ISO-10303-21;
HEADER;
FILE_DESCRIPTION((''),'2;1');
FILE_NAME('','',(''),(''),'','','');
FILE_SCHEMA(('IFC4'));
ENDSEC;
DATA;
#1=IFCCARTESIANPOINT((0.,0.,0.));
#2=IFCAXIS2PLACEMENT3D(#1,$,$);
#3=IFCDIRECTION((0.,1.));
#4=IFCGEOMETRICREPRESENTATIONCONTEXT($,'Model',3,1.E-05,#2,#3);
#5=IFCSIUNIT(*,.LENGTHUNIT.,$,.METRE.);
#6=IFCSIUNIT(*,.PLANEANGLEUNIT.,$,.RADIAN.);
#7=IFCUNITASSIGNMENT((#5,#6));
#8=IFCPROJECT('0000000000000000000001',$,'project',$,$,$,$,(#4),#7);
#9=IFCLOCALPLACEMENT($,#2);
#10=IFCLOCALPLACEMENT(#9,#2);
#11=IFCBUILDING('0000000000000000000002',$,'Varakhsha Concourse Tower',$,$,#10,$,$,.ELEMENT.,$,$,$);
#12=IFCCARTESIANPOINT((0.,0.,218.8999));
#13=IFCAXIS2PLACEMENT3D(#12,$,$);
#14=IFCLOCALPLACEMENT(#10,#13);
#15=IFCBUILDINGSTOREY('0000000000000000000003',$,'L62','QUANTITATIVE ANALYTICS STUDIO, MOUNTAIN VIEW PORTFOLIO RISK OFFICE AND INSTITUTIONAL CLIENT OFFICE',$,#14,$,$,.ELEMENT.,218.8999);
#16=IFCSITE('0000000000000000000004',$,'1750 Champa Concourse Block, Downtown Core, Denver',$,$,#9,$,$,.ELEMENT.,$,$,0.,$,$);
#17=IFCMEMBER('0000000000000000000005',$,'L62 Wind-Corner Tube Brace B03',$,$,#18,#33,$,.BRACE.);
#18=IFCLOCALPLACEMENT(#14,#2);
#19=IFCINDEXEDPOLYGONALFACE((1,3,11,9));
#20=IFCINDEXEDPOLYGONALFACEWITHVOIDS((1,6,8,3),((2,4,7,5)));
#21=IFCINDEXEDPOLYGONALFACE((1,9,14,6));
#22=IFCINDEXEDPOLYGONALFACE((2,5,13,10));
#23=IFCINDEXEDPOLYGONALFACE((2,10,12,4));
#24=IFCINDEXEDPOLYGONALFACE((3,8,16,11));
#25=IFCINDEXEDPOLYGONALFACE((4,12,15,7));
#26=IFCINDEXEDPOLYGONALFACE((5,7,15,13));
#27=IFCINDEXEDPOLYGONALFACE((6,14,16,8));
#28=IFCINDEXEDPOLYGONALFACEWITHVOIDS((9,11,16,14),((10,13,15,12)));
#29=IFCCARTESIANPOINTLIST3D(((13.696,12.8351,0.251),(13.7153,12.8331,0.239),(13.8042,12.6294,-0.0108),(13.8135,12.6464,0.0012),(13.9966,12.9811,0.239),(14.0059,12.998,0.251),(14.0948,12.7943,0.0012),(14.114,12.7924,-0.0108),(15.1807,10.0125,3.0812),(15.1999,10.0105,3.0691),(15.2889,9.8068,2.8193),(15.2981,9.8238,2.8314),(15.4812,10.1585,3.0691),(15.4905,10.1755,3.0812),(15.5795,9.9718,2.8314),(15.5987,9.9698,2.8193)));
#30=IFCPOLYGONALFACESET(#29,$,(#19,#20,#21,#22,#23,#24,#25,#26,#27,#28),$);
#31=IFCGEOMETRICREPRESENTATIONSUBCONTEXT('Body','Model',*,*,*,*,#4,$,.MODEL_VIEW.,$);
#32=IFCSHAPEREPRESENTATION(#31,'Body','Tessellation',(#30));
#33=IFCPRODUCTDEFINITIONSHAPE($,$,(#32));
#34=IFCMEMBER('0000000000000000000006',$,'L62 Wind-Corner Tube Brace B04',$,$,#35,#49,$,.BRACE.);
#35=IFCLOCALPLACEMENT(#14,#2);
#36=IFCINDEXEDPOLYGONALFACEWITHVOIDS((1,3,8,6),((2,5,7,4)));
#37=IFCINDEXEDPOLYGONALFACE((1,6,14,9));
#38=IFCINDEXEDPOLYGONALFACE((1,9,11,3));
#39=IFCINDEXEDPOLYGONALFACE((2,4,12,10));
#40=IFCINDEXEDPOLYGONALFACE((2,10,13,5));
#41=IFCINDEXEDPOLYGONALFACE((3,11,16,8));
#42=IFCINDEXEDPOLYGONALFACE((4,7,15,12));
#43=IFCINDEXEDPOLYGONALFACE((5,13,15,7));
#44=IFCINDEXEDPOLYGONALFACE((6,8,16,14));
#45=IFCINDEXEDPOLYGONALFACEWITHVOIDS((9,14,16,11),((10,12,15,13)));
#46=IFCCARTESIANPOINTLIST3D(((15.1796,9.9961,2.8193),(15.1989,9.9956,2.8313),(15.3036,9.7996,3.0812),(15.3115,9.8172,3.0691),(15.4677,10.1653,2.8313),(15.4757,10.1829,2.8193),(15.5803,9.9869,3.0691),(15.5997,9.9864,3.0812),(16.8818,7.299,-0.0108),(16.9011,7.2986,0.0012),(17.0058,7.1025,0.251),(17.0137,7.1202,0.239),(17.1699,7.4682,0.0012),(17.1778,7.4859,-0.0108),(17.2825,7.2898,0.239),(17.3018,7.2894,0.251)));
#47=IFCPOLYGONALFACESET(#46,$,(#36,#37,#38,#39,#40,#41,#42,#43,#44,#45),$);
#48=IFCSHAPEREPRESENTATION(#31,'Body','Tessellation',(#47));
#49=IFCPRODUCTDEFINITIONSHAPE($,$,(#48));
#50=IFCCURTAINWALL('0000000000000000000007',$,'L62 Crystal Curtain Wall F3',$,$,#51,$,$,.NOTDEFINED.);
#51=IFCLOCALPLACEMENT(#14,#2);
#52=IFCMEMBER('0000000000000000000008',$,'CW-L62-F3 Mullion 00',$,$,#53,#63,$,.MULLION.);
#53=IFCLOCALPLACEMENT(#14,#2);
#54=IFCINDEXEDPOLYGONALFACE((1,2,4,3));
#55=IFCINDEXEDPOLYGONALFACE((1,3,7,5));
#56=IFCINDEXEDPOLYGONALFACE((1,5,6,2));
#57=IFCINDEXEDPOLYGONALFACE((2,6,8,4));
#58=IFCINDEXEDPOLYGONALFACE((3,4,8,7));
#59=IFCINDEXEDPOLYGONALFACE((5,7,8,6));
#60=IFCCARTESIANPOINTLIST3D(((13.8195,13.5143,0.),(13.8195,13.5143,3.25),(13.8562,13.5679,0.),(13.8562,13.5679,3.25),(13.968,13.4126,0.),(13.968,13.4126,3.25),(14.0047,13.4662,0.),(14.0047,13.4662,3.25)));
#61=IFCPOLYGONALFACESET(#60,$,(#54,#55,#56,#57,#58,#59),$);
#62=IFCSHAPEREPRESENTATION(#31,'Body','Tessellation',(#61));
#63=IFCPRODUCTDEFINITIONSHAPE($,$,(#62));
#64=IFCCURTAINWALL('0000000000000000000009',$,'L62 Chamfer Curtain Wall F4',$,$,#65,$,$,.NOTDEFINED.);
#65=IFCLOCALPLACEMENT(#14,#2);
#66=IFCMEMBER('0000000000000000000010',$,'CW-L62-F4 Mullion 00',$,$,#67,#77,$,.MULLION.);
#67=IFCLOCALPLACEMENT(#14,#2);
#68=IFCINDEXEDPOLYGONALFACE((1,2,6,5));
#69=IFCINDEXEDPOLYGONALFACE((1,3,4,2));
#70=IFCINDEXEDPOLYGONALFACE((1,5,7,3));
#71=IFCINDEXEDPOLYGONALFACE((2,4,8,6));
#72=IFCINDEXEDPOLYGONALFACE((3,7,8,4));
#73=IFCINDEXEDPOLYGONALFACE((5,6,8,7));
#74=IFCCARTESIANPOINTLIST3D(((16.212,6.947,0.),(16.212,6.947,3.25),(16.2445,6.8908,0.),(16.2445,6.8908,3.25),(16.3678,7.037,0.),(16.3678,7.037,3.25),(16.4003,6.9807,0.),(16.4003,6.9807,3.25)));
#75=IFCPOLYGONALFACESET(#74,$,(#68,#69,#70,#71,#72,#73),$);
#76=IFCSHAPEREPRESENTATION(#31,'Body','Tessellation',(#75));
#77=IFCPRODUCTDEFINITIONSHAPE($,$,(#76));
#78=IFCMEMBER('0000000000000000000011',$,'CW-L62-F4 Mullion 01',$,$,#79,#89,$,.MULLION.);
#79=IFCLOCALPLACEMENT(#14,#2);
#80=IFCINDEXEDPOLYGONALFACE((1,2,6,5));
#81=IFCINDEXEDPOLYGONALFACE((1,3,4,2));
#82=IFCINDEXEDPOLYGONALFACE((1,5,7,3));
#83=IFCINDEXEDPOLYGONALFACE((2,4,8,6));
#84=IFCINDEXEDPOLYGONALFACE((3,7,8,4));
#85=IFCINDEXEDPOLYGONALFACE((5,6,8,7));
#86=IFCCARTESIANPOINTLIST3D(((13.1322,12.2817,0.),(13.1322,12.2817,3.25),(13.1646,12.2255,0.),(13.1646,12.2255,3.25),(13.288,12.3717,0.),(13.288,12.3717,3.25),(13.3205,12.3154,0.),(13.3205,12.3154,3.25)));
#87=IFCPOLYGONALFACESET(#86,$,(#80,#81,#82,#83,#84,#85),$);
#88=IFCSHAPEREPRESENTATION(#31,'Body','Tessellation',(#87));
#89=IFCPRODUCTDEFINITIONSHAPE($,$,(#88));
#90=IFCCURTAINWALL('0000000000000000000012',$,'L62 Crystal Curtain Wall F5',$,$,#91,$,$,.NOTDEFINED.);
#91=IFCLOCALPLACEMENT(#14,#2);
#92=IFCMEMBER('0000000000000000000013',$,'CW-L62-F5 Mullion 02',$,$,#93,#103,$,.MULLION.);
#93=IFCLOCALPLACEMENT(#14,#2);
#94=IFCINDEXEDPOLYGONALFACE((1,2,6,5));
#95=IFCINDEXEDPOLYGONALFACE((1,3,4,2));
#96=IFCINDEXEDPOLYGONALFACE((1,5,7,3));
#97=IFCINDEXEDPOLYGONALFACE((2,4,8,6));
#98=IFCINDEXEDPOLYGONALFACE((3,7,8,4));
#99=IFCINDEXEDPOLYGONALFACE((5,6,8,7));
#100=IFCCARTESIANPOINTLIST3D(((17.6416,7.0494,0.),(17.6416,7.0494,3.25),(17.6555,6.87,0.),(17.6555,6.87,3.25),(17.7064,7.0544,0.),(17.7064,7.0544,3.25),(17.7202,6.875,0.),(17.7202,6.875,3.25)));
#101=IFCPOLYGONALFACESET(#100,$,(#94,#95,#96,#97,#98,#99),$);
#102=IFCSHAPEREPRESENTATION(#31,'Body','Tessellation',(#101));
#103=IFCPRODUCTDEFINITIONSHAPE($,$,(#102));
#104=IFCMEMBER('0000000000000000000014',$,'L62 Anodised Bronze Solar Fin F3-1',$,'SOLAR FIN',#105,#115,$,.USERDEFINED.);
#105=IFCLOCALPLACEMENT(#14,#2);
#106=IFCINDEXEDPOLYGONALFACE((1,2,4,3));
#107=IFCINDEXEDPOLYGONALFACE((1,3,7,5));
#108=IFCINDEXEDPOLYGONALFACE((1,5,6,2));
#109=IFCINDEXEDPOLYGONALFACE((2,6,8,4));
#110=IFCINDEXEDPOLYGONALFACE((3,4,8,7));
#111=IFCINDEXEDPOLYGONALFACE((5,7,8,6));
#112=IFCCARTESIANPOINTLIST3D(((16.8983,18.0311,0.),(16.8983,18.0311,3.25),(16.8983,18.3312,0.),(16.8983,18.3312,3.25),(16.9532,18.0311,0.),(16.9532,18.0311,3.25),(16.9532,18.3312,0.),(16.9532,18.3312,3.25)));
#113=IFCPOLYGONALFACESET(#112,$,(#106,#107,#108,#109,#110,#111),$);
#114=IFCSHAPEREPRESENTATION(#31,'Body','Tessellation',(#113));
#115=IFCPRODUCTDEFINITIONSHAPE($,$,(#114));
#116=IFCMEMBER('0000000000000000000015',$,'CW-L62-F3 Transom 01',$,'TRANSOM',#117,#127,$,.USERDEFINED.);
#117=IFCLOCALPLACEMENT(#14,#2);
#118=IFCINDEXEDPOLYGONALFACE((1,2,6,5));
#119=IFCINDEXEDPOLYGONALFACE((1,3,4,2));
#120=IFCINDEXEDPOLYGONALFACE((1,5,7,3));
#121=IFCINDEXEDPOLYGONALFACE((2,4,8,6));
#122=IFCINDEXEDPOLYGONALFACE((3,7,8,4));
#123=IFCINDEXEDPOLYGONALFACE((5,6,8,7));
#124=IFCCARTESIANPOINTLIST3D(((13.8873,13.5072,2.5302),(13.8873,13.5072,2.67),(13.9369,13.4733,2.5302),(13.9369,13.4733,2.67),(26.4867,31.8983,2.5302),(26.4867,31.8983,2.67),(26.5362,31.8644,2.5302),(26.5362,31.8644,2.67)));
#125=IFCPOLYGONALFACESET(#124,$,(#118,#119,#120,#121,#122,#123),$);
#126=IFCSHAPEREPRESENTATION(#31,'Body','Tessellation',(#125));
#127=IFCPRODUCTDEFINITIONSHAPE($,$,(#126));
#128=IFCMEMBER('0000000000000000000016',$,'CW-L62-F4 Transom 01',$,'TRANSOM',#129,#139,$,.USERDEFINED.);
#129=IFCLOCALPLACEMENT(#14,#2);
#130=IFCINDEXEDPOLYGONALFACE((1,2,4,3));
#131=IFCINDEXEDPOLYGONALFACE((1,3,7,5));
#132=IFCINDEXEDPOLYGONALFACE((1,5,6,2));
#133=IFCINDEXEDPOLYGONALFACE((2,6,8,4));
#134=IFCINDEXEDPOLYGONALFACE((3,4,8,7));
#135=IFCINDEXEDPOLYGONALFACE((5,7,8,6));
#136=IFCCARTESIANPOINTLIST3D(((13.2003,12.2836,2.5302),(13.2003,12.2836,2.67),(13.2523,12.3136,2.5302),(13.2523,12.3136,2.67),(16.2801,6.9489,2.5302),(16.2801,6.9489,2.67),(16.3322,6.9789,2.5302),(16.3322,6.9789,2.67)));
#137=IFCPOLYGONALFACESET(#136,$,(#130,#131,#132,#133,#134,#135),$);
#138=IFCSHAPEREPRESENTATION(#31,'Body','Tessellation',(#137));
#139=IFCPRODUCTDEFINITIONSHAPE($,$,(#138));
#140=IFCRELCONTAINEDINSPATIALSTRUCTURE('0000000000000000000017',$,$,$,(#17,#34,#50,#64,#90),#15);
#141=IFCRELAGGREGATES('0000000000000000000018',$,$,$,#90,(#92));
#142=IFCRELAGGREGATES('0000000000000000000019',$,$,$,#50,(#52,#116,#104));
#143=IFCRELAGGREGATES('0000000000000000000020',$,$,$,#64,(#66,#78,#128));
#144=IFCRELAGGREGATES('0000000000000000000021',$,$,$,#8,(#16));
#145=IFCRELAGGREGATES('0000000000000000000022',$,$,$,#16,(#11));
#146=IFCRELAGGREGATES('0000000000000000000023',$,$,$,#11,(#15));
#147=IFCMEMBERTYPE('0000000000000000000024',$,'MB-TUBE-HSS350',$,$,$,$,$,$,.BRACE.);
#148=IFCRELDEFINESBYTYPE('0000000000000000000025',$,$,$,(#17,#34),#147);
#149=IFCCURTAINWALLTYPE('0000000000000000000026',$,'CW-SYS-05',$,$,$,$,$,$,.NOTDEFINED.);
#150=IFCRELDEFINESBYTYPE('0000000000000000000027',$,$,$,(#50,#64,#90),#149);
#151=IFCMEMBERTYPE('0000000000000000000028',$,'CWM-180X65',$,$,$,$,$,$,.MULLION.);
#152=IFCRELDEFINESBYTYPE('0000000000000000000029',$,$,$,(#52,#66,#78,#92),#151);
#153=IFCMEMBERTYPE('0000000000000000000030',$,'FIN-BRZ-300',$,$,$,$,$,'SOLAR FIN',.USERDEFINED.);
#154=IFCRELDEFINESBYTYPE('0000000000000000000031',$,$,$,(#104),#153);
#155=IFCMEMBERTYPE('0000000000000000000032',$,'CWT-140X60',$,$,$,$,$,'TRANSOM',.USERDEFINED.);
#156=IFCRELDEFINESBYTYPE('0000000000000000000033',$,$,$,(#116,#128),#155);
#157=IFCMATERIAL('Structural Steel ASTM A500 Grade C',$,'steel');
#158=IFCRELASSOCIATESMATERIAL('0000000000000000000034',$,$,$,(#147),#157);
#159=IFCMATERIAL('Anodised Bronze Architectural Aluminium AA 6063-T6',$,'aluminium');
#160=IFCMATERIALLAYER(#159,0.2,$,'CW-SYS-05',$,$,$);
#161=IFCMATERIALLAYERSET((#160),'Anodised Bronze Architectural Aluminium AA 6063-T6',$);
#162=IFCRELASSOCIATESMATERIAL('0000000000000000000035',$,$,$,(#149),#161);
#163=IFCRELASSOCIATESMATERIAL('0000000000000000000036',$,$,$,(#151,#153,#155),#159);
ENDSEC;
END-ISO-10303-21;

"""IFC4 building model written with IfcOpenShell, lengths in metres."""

from ifc_helpers import new_model, si_unit, direction, frame, origin, origin_2d, place, context, subcontext, project, spatial, rectangle, hollow_rectangle, extrude, source, transform, mapped, material, layer, layer_set, material_profile, profile_set, type_object, type_shapes, element, aggregate, save


model = new_model("IFC4")

# Units and contexts
model_context = context("Model", 3, precision=1e-05, world=origin(), true_north=direction((0.0, 1.0)))
body_context = subcontext(model_context, "Body", "Model", "MODEL_VIEW")
ifc_project = project(units=[si_unit("LENGTHUNIT", "METRE"), si_unit("PLANEANGLEUNIT", "RADIAN")], contexts=[model_context])

# Site, building, storey
site_placement = place(None, origin())
site = spatial("IfcSite", under=ifc_project, at=site_placement, Name="1750 Champa Concourse Block, Downtown Core, Denver", CompositionType="ELEMENT", RefElevation=0.0)
building_placement = place(site_placement, origin())
building = spatial("IfcBuilding", under=site, at=building_placement, Name="Varakhsha Concourse Tower", CompositionType="ELEMENT")
storey_placement = place(building_placement, frame((0.0, 0.0, 218.8999)))
storey = spatial("IfcBuildingStorey", under=building, at=storey_placement, Name="L62", Description="QUANTITATIVE ANALYTICS STUDIO, MOUNTAIN VIEW PORTFOLIO RISK OFFICE AND INSTITUTIONAL CLIENT OFFICE", CompositionType="ELEMENT", Elevation=218.8999)

# Members
ifc_material_1 = material(Name="Structural Steel ASTM A500 Grade C", Category="steel")
ifc_material_profile_1 = material_profile(ifc_material_1, hollow_rectangle(XDim=0.3501, YDim=0.3501, WallThickness=0.0161, at=origin_2d()), Name="HSS 350x350x16")
ifc_profile_set_1 = profile_set([ifc_material_profile_1], Name="Structural Steel ASTM A500 Grade C")
member_type_1 = type_object("IfcMemberType", Name="MB-TUBE-HSS350", PredefinedType="BRACE", material=ifc_profile_set_1)
shared_shape_1 = source(origin(), body_context, "Body", "SweptSolid", [
    extrude(hollow_rectangle(XDim=0.3501, YDim=0.3501, WallThickness=0.0161, at=origin_2d()), origin(), (0.0, 0.0, 1.0), 4.2639),
])
type_shapes(member_type_1, [shared_shape_1])
for number, where, z_axis, x_axis, name in (
    (1, (13.905, 12.8137, 0.1201), (0.348191, -0.66197, 0.663745), (0.885036, 0.465522, 0.0), "L62 Wind-Corner Tube Brace B03"),
    (2, (17.0918, 7.2942, 0.1201), (-0.399203, 0.632529, 0.663735), (-0.845663, -0.533716, 0.0), "L62 Wind-Corner Tube Brace B04"),
):
    element("IfcMember", number, at=place(storey_placement, frame(where, z_axis=z_axis, x_axis=x_axis)), inside=storey, type_object=member_type_1, Name=name, PredefinedType="BRACE", context=body_context, shape_type="MappedRepresentation", body=[
        mapped(shared_shape_1, transform((0.0, 0.0, 0.0), scale=1.0)),
    ])

# Curtain wall, member
ifc_material_2 = material(Name="Anodised Bronze Architectural Aluminium AA 6063-T6", Category="aluminium")
ifc_layer_1 = layer(ifc_material_2, 0.2, Name="CW-SYS-05")
ifc_layer_set_1 = layer_set([ifc_layer_1], Name="Anodised Bronze Architectural Aluminium AA 6063-T6")
curtain_wall_type = type_object("IfcCurtainWallType", Name="CW-SYS-05", PredefinedType="NOTDEFINED", material=ifc_layer_set_1)
curtain_wall_1_placement = place(storey_placement, origin())
curtain_wall_1 = element("IfcCurtainWall", 3, at=curtain_wall_1_placement, inside=storey, type_object=curtain_wall_type, Name="L62 Crystal Curtain Wall F3", PredefinedType="NOTDEFINED")
ifc_material_profile_2 = material_profile(ifc_material_2, rectangle(XDim=0.0649, YDim=0.1799, at=origin_2d()), Name="CWM-180X65")
ifc_profile_set_2 = profile_set([ifc_material_profile_2], Name="Anodised Bronze Architectural Aluminium AA 6063-T6")
member_type_2 = type_object("IfcMemberType", Name="CWM-180X65", PredefinedType="MULLION", material=ifc_profile_set_2)
shared_shape_2 = source(origin(), body_context, "Body", "SweptSolid", [
    extrude(rectangle(XDim=0.0649, YDim=0.1799, at=origin_2d()), origin(), (0.0, 0.0, 1.0), 3.25),
])
type_shapes(member_type_2, [shared_shape_2])
member_1_placement = place(storey_placement, frame((13.9121, 13.4902, 0.0), z_axis=(0.0, 0.0, 1.0), x_axis=(0.565173, 0.824972, 0.0)))
member_1 = element("IfcMember", 4, at=member_1_placement, type_object=member_type_2, Name="CW-L62-F3 Mullion 00", PredefinedType="MULLION", context=body_context, shape_type="MappedRepresentation", body=[
    mapped(shared_shape_2, transform((0.0, 0.0, 0.0), scale=1.0)),
])

# Curtain wall, members
curtain_wall_2_placement = place(storey_placement, origin())
curtain_wall_2 = element("IfcCurtainWall", 5, at=curtain_wall_2_placement, inside=storey, type_object=curtain_wall_type, Name="L62 Chamfer Curtain Wall F4", PredefinedType="NOTDEFINED")
member_2_placement = place(storey_placement, frame((16.3062, 6.9639, 0.0), z_axis=(0.0, 0.0, 1.0), x_axis=(-0.499994, 0.866029, 0.0)))
member_2 = element("IfcMember", 6, at=member_2_placement, type_object=member_type_2, Name="CW-L62-F4 Mullion 00", PredefinedType="MULLION", context=body_context, shape_type="MappedRepresentation", body=[
    mapped(shared_shape_2, transform((0.0, 0.0, 0.0), scale=1.0)),
])
member_3_placement = place(storey_placement, frame((13.2263, 12.2986, 0.0), z_axis=(0.0, 0.0, 1.0), x_axis=(-0.499994, 0.866029, 0.0)))
member_3 = element("IfcMember", 7, at=member_3_placement, type_object=member_type_2, Name="CW-L62-F4 Mullion 01", PredefinedType="MULLION", context=body_context, shape_type="MappedRepresentation", body=[
    mapped(shared_shape_2, transform((0.0, 0.0, 0.0), scale=1.0)),
])

# Curtain wall, member
curtain_wall_3_placement = place(storey_placement, origin())
curtain_wall_3 = element("IfcCurtainWall", 8, at=curtain_wall_3_placement, inside=storey, type_object=curtain_wall_type, Name="L62 Crystal Curtain Wall F5", PredefinedType="NOTDEFINED")
member_4_placement = place(storey_placement, frame((17.6809, 6.9622, 0.0), z_axis=(0.0, 0.0, 1.0), x_axis=(-0.997034, -0.076961, 0.0)))
member_4 = element("IfcMember", 9, at=member_4_placement, type_object=member_type_2, Name="CW-L62-F5 Mullion 02", PredefinedType="MULLION", context=body_context, shape_type="MappedRepresentation", body=[
    mapped(shared_shape_2, transform((0.0, 0.0, 0.0), scale=1.0)),
])
aggregate(curtain_wall_3, [member_4])

# Members
ifc_material_profile_3 = material_profile(ifc_material_2, rectangle(XDim=0.0549, YDim=0.3, at=origin_2d()), Name="FIN-BRZ-300")
ifc_profile_set_3 = profile_set([ifc_material_profile_3], Name="Anodised Bronze Architectural Aluminium AA 6063-T6")
member_type_3 = type_object("IfcMemberType", Name="FIN-BRZ-300", ElementType="SOLAR FIN", PredefinedType="USERDEFINED", material=ifc_profile_set_3)
shared_shape_3 = source(origin(), body_context, "Body", "SweptSolid", [
    extrude(rectangle(XDim=0.0549, YDim=0.3, at=origin_2d()), origin(), (0.0, 0.0, 1.0), 3.25),
])
type_shapes(member_type_3, [shared_shape_3])
member_5_placement = place(storey_placement, frame((16.9258, 18.1812, 0.0), z_axis=(0.0, 0.0, 1.0), x_axis=(1.0, 0.0, 0.0)))
member_5 = element("IfcMember", 10, at=member_5_placement, type_object=member_type_3, Name="L62 Anodised Bronze Solar Fin F3-1", ObjectType="SOLAR FIN", PredefinedType="USERDEFINED", context=body_context, shape_type="MappedRepresentation", body=[
    mapped(shared_shape_3, transform((0.0, 0.0, 0.0), scale=1.0)),
])
ifc_material_profile_4 = material_profile(ifc_material_2, rectangle(XDim=0.0601, YDim=0.1399, at=origin_2d()), Name="CWT-140X60")
ifc_profile_set_4 = profile_set([ifc_material_profile_4], Name="Anodised Bronze Architectural Aluminium AA 6063-T6")
member_type_4 = type_object("IfcMemberType", Name="CWT-140X60", ElementType="TRANSOM", PredefinedType="USERDEFINED", material=ifc_profile_set_4)
shared_shape_4 = source(origin(), body_context, "Body", "SweptSolid", [
    extrude(rectangle(XDim=0.0601, YDim=0.1399, at=origin_2d()), origin(), (0.0, 0.0, 1.0), 22.293),
])
member_6_placement = place(storey_placement, frame((13.9121, 13.4902, 2.6001), z_axis=(0.565172, 0.824973, 0.0), x_axis=(-0.824973, 0.565172, 0.0)))
member_6 = element("IfcMember", 11, at=member_6_placement, type_object=member_type_4, Name="CW-L62-F3 Transom 01", ObjectType="TRANSOM", PredefinedType="USERDEFINED", context=body_context, shape_type="MappedRepresentation", body=[
    mapped(shared_shape_4, transform((0.0, 0.0, 0.0), scale=1.0)),
])
shared_shape_5 = source(origin(), body_context, "Body", "SweptSolid", [
    extrude(rectangle(XDim=0.0601, YDim=0.1399, at=origin_2d()), origin(), (0.0, 0.0, 1.0), 6.1599),
])
type_shapes(member_type_4, [shared_shape_4, shared_shape_5])
member_7_placement = place(storey_placement, frame((16.3062, 6.9639, 2.6001), z_axis=(-0.49998, 0.866037, 0.0), x_axis=(-0.866037, -0.49998, 0.0)))
member_7 = element("IfcMember", 12, at=member_7_placement, type_object=member_type_4, Name="CW-L62-F4 Transom 01", ObjectType="TRANSOM", PredefinedType="USERDEFINED", context=body_context, shape_type="MappedRepresentation", body=[
    mapped(shared_shape_5, transform((0.0, 0.0, 0.0), scale=1.0)),
])

aggregate(curtain_wall_1, [member_1, member_6, member_5])
aggregate(curtain_wall_2, [member_2, member_3, member_7])

save(model, "model.ifc")
